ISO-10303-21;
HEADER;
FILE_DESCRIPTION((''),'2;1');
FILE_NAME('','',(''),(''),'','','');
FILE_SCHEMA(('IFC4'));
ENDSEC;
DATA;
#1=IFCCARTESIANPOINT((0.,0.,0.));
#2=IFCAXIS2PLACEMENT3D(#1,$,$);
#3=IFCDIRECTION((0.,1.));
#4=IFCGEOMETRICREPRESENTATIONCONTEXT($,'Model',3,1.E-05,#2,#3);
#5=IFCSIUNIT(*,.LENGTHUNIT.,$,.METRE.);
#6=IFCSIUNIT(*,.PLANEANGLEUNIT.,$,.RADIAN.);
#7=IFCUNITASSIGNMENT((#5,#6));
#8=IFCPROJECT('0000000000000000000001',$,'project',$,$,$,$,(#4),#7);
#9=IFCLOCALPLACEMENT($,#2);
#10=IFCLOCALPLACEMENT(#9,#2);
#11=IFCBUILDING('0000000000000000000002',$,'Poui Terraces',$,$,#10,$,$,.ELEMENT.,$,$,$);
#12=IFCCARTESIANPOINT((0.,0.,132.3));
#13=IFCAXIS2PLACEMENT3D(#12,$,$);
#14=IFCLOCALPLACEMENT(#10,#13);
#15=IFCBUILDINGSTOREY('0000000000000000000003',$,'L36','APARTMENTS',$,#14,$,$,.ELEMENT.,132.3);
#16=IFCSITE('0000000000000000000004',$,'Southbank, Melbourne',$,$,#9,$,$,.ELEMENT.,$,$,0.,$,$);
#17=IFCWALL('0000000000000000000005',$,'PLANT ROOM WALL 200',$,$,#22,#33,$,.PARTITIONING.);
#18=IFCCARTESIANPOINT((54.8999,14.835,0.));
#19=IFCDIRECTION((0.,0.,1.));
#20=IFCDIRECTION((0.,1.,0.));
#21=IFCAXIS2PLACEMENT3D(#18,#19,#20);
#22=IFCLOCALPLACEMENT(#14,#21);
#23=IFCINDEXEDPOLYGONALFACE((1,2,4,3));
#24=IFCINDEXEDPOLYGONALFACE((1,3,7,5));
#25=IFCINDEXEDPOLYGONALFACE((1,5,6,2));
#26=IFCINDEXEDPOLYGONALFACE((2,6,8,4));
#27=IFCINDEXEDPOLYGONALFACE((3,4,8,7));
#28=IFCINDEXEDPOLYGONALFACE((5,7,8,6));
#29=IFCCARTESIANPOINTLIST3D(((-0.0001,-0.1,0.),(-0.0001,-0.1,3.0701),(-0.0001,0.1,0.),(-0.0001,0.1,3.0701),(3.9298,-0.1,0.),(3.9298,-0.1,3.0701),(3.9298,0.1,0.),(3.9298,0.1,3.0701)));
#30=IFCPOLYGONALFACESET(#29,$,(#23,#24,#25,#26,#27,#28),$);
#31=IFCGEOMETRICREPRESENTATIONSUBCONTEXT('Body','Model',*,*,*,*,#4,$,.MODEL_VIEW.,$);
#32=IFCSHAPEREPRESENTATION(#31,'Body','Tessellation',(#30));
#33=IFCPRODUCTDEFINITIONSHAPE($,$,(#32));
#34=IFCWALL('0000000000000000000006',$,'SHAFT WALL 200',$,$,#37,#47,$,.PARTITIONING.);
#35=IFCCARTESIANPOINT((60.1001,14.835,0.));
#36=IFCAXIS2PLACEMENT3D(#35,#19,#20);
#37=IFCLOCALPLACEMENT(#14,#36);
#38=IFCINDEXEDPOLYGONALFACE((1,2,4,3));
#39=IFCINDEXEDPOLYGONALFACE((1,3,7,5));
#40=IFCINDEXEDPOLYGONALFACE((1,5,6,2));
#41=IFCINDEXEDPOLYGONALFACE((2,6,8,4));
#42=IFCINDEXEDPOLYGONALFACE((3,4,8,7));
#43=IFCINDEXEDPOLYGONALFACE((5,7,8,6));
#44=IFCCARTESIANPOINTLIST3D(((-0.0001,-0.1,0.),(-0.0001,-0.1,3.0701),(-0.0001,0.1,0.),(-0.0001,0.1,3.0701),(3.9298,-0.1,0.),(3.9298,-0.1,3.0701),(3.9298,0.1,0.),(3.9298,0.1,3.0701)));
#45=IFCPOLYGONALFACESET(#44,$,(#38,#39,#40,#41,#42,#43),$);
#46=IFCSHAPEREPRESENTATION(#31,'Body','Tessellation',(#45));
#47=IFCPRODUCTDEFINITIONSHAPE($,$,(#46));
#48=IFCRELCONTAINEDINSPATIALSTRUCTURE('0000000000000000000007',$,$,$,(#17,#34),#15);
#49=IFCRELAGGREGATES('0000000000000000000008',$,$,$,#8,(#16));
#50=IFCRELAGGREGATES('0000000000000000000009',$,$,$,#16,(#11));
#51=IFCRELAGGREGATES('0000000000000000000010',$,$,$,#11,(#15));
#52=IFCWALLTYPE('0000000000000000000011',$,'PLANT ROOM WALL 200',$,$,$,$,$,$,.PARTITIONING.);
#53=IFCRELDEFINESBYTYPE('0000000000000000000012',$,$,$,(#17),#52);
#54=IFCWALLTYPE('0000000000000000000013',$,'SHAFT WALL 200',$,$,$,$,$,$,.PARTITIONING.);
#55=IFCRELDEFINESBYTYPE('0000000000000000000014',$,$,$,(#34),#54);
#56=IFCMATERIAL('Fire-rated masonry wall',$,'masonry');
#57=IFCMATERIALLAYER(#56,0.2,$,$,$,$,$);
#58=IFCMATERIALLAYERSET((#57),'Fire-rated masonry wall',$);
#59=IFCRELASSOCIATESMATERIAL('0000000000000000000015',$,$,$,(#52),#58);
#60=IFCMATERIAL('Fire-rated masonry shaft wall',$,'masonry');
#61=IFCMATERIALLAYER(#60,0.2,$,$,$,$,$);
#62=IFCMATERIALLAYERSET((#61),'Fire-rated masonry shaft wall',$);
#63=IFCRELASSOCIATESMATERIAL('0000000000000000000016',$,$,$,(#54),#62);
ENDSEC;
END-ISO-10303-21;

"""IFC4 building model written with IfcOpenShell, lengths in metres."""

from ifc_helpers import new_model, si_unit, direction, frame, frame_2d, origin, place, context, subcontext, project, spatial, rectangle, extrude, material, layer, layer_set, type_object, element, save


model = new_model("IFC4")

# Units and contexts
model_context = context("Model", 3, precision=1e-05, world=origin(), true_north=direction((0.0, 1.0)))
body_context = subcontext(model_context, "Body", "Model", "MODEL_VIEW")
ifc_project = project(units=[si_unit("LENGTHUNIT", "METRE"), si_unit("PLANEANGLEUNIT", "RADIAN")], contexts=[model_context])

# Site, building, storey
site_placement = place(None, origin())
site = spatial("IfcSite", under=ifc_project, at=site_placement, Name="Southbank, Melbourne", CompositionType="ELEMENT", RefElevation=0.0)
building_placement = place(site_placement, origin())
building = spatial("IfcBuilding", under=site, at=building_placement, Name="Poui Terraces", CompositionType="ELEMENT")
storey_placement = place(building_placement, frame((0.0, 0.0, 132.3)))
storey = spatial("IfcBuildingStorey", under=building, at=storey_placement, Name="L36", Description="APARTMENTS", CompositionType="ELEMENT", Elevation=132.3)

# Walls
ifc_material_1 = material(Name="Fire-rated masonry wall", Category="masonry")
ifc_layer_1 = layer(ifc_material_1, 0.2)
ifc_layer_set_1 = layer_set([ifc_layer_1], Name="Fire-rated masonry wall")
wall_type_1 = type_object("IfcWallType", Name="PLANT ROOM WALL 200", PredefinedType="PARTITIONING", material=ifc_layer_set_1)
wall_1_placement = place(storey_placement, frame((54.8999, 14.835, 0.0), z_axis=(0.0, 0.0, 1.0), x_axis=(0.0, 1.0, 0.0)))
element("IfcWall", 1, at=wall_1_placement, inside=storey, type_object=wall_type_1, Name="PLANT ROOM WALL 200", PredefinedType="PARTITIONING", context=body_context, shape_type="SweptSolid", body=[
    extrude(rectangle(XDim=3.9299, YDim=0.2, at=frame_2d((1.9648, 0.0))), origin(), (0.0, 0.0, 1.0), 3.0701),
])
ifc_material_2 = material(Name="Fire-rated masonry shaft wall", Category="masonry")
ifc_layer_2 = layer(ifc_material_2, 0.2)
ifc_layer_set_2 = layer_set([ifc_layer_2], Name="Fire-rated masonry shaft wall")
wall_type_2 = type_object("IfcWallType", Name="SHAFT WALL 200", PredefinedType="PARTITIONING", material=ifc_layer_set_2)
wall_2_placement = place(storey_placement, frame((60.1001, 14.835, 0.0), z_axis=(0.0, 0.0, 1.0), x_axis=(0.0, 1.0, 0.0)))
element("IfcWall", 2, at=wall_2_placement, inside=storey, type_object=wall_type_2, Name="SHAFT WALL 200", PredefinedType="PARTITIONING", context=body_context, shape_type="SweptSolid", body=[
    extrude(rectangle(XDim=3.9299, YDim=0.2, at=frame_2d((1.9648, 0.0))), origin(), (0.0, 0.0, 1.0), 3.0701),
])

save(model, "model.ifc")
